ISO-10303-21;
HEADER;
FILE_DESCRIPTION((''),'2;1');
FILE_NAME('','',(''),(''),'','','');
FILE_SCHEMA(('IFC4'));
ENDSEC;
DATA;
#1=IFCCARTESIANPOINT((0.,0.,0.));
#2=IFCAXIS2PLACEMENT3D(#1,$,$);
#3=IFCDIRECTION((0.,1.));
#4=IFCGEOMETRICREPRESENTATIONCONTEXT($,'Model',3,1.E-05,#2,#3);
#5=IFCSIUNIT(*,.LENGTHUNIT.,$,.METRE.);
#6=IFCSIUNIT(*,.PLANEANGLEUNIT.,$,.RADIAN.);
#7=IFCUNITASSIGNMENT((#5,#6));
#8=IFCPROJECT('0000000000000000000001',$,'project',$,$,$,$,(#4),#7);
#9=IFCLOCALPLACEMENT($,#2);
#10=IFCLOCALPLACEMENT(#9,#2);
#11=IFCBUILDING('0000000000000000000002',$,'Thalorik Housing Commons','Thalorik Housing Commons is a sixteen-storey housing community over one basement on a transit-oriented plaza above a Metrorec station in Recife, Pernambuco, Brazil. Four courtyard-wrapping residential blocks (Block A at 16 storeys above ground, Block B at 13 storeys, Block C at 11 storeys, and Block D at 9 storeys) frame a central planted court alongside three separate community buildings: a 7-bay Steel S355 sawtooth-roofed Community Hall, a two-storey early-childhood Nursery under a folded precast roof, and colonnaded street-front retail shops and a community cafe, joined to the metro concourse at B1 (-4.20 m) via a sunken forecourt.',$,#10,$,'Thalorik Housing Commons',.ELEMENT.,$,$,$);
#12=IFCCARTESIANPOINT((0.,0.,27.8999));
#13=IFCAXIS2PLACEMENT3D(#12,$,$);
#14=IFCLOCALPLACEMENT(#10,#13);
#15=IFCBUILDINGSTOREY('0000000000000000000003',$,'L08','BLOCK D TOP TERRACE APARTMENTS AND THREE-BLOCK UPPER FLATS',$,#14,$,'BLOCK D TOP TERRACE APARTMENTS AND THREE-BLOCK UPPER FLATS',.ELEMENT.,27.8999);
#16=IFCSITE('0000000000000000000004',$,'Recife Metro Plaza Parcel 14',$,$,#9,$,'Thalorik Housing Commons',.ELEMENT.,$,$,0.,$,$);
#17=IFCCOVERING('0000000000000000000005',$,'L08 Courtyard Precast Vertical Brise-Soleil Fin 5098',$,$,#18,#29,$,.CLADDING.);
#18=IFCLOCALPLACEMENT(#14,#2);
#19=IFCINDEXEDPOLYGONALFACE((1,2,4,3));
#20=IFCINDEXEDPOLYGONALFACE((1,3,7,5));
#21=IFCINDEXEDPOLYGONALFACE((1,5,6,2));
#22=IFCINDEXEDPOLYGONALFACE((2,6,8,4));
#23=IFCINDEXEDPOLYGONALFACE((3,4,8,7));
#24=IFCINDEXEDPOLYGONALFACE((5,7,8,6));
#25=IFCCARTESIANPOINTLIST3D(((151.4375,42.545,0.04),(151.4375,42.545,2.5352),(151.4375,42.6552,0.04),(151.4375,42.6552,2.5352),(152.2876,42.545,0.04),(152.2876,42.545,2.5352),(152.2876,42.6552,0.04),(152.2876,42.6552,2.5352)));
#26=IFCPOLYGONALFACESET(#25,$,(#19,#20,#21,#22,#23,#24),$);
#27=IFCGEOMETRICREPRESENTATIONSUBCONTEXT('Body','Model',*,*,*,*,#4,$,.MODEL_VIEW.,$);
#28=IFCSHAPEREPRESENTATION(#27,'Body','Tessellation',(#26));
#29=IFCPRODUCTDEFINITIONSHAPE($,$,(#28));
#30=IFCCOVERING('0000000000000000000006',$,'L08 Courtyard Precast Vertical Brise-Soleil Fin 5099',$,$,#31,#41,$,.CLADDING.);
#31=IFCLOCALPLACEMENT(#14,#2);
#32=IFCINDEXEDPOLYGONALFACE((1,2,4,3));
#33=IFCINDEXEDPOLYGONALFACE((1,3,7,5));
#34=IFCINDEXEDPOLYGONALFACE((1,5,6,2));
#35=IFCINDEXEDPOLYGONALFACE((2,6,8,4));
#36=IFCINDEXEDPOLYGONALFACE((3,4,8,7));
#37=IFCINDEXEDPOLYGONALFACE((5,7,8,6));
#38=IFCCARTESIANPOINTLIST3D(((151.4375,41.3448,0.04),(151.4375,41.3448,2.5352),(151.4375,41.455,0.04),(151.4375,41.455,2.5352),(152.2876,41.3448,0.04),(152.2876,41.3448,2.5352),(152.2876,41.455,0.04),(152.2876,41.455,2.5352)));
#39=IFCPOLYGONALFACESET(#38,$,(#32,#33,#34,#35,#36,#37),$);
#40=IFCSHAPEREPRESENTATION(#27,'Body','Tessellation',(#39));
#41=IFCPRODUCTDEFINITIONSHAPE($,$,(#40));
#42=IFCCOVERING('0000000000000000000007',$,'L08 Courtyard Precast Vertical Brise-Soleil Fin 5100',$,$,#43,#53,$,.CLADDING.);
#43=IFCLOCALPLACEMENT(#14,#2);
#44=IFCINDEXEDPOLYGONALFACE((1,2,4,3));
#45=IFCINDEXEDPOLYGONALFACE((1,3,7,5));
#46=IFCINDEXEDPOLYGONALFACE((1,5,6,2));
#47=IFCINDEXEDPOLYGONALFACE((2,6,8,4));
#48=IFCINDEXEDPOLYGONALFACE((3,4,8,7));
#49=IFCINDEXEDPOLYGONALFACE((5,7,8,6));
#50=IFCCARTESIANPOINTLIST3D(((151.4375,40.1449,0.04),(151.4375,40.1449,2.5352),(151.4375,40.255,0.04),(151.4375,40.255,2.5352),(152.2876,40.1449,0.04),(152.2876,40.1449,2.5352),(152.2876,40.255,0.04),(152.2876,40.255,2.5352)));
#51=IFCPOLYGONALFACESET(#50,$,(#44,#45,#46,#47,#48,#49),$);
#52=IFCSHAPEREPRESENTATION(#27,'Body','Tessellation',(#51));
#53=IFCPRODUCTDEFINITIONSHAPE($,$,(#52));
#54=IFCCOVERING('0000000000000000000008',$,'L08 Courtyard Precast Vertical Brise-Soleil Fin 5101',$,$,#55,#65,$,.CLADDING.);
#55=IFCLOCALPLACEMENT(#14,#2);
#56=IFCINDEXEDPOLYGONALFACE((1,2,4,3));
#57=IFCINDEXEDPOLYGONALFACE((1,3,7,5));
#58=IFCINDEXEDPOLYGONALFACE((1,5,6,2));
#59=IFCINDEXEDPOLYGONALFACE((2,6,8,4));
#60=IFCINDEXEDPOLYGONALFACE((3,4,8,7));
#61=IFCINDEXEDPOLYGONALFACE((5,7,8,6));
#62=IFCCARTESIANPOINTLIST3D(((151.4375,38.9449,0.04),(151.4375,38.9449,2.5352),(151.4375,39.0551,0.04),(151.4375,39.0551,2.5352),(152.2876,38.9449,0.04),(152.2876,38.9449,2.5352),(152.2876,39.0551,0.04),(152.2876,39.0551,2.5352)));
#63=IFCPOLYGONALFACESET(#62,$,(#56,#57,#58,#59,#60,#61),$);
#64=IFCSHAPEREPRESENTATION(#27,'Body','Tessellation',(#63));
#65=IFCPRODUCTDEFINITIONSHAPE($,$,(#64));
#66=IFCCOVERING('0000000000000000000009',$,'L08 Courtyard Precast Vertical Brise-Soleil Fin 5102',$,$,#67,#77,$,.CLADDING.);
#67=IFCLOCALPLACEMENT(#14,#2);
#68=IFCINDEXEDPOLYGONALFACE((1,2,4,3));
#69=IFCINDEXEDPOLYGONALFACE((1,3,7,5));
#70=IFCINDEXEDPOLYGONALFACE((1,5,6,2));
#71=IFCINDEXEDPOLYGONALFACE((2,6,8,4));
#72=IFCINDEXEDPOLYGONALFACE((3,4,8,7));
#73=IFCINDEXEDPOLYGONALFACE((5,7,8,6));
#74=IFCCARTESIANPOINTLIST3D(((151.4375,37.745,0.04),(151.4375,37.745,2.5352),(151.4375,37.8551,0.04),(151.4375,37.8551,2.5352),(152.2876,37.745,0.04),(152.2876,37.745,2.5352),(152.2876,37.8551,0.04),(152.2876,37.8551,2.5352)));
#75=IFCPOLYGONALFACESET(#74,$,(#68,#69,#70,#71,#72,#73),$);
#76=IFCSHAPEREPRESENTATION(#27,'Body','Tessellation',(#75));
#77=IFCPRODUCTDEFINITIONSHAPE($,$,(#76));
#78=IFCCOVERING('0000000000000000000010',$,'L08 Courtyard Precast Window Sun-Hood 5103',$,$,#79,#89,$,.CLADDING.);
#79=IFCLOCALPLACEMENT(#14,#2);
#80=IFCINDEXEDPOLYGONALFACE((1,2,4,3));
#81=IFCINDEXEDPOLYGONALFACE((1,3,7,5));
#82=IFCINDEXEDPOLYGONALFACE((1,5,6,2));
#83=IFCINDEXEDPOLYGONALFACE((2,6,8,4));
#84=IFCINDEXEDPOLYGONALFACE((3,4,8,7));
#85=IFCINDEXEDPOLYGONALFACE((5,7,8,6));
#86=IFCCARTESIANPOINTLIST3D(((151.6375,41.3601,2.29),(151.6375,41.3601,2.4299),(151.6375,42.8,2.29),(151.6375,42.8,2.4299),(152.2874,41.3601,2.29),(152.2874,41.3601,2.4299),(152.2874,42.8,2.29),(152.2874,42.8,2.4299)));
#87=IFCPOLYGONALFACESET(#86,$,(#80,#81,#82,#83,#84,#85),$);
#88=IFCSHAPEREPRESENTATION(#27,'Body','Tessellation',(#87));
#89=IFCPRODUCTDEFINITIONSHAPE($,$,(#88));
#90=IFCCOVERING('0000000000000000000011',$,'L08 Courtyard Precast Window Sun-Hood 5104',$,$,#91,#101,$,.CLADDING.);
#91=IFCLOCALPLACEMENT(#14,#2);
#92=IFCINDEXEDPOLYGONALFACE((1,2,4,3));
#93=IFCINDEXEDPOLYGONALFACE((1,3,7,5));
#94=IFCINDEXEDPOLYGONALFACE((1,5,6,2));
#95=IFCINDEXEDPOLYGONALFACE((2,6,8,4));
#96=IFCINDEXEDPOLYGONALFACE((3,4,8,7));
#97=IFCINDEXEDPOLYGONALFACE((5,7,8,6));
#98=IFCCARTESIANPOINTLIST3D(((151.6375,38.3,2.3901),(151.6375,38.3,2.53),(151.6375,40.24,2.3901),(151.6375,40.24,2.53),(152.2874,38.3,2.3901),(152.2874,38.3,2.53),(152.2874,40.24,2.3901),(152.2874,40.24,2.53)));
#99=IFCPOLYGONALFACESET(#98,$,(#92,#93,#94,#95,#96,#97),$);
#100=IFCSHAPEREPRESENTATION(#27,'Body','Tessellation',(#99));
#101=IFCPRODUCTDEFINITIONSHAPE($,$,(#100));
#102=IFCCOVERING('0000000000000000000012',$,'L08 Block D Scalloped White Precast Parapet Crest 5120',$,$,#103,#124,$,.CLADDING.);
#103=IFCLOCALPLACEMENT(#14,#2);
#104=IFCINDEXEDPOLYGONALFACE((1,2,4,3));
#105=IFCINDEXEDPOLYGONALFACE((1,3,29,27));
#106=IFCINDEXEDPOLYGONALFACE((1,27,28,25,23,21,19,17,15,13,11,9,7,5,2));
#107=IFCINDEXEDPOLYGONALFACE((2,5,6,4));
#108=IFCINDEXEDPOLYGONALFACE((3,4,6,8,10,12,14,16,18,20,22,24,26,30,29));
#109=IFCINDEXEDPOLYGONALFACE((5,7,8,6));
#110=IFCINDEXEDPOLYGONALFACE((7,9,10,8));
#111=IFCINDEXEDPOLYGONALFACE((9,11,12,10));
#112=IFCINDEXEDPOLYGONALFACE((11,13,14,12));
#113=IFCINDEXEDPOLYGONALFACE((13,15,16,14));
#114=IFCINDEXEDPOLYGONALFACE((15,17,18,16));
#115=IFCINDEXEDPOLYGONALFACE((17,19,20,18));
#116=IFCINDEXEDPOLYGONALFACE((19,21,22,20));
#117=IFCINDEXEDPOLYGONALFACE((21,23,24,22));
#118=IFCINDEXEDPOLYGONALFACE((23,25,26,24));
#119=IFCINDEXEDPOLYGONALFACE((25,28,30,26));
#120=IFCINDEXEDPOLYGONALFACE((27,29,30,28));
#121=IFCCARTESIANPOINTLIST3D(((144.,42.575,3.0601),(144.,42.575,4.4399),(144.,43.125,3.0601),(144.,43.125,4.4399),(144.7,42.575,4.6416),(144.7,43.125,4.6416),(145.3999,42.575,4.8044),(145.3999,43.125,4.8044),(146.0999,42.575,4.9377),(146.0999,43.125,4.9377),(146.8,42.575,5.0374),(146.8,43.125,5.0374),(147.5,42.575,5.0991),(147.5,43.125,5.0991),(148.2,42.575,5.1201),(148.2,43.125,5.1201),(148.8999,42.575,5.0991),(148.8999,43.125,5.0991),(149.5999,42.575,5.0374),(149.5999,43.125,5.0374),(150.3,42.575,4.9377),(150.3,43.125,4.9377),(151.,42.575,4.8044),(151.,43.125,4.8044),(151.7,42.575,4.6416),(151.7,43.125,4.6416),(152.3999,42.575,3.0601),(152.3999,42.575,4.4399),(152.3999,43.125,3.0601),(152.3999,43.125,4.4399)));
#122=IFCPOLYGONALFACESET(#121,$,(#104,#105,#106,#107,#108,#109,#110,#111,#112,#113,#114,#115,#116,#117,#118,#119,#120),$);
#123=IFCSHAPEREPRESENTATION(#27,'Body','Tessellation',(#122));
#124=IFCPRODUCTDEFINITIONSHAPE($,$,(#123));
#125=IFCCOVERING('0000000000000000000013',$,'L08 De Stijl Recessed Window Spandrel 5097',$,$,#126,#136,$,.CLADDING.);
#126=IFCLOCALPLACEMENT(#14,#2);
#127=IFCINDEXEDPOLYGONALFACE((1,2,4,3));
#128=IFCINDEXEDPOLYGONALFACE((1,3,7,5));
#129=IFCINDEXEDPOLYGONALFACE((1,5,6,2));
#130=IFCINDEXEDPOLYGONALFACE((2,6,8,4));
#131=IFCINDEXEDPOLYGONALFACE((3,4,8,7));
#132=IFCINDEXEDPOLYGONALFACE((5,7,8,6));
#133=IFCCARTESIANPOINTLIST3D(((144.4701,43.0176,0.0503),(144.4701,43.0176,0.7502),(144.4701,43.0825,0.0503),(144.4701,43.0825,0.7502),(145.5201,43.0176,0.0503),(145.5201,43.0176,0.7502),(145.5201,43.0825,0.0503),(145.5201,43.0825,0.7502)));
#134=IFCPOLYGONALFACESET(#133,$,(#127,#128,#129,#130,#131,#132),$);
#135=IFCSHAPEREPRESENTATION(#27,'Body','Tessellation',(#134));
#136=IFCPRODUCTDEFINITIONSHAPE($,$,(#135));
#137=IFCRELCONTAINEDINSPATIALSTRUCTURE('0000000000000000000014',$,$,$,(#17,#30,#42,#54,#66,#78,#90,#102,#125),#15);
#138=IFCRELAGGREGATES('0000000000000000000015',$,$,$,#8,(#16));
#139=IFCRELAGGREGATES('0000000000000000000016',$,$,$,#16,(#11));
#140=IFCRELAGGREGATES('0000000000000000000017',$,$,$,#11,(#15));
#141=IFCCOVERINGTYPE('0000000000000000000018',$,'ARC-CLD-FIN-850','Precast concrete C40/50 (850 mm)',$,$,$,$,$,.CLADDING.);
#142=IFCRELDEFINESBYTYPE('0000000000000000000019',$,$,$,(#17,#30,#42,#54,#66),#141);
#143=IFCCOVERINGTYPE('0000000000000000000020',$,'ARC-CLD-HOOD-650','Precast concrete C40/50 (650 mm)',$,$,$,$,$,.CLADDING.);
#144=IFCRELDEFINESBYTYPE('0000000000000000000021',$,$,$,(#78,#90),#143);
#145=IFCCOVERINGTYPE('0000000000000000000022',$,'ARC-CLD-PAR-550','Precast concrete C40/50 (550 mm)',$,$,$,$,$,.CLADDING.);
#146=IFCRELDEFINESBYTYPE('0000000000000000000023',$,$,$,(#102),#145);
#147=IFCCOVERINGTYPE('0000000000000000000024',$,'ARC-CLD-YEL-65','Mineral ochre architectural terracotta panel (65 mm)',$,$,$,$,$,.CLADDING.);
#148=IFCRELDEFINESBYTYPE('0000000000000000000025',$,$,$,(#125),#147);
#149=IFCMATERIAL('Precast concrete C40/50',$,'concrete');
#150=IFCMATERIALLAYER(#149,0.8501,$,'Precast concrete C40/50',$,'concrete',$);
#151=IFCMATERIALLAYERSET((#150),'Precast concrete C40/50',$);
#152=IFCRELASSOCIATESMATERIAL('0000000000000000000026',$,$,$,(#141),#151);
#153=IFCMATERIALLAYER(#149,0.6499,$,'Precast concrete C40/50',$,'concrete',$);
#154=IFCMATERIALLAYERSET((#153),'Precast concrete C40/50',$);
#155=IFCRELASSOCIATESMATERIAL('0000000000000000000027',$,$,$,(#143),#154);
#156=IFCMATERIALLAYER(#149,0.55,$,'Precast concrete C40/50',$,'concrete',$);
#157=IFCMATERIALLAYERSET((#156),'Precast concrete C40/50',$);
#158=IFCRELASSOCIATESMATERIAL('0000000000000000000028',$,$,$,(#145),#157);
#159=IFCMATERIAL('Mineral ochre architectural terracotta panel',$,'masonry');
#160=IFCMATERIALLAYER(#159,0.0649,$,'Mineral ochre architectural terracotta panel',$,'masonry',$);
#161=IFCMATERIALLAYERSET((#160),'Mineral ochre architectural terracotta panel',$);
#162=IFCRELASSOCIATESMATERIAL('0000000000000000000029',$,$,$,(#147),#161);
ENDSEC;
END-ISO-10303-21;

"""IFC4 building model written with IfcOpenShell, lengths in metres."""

from ifc_helpers import new_model, si_unit, direction, frame, origin, origin_2d, place, context, subcontext, project, spatial, polyline, rectangle, outline, extrude, material, layer, layer_set, type_object, element, save


model = new_model("IFC4")

# Units and contexts
model_context = context("Model", 3, precision=1e-05, world=origin(), true_north=direction((0.0, 1.0)))
body_context = subcontext(model_context, "Body", "Model", "MODEL_VIEW")
ifc_project = project(units=[si_unit("LENGTHUNIT", "METRE"), si_unit("PLANEANGLEUNIT", "RADIAN")], contexts=[model_context])

# Site, building, storey
site_placement = place(None, origin())
site = spatial("IfcSite", under=ifc_project, at=site_placement, Name="Recife Metro Plaza Parcel 14", LongName="Thalorik Housing Commons", CompositionType="ELEMENT", RefElevation=0.0)
building_placement = place(site_placement, origin())
building = spatial("IfcBuilding", under=site, at=building_placement, Name="Thalorik Housing Commons", Description="Thalorik Housing Commons is a sixteen-storey housing community over one basement on a transit-oriented plaza above a Metrorec station in Recife, Pernambuco, Brazil. Four courtyard-wrapping residential blocks (Block A at 16 storeys above ground, Block B at 13 storeys, Block C at 11 storeys, and Block D at 9 storeys) frame a central planted court alongside three separate community buildings: a 7-bay Steel S355 sawtooth-roofed Community Hall, a two-storey early-childhood Nursery under a folded precast roof, and colonnaded street-front retail shops and a community cafe, joined to the metro concourse at B1 (-4.20 m) via a sunken forecourt.", LongName="Thalorik Housing Commons", CompositionType="ELEMENT")
storey_placement = place(building_placement, frame((0.0, 0.0, 27.8999)))
storey = spatial("IfcBuildingStorey", under=building, at=storey_placement, Name="L08", Description="BLOCK D TOP TERRACE APARTMENTS AND THREE-BLOCK UPPER FLATS", LongName="BLOCK D TOP TERRACE APARTMENTS AND THREE-BLOCK UPPER FLATS", CompositionType="ELEMENT", Elevation=27.8999)

# Shared definitions
ifc_material_1 = material(Name="Precast concrete C40/50", Category="concrete")

# Coverings
ifc_layer_1 = layer(ifc_material_1, 0.8501, Name="Precast concrete C40/50", Category="concrete")
ifc_layer_set_1 = layer_set([ifc_layer_1], Name="Precast concrete C40/50")
covering_type_1 = type_object("IfcCoveringType", Name="ARC-CLD-FIN-850", Description="Precast concrete C40/50 (850 mm)", PredefinedType="CLADDING", material=ifc_layer_set_1)
for number, where, z_axis, x_axis, name in (
    (1, (151.8625, 42.6001, 0.04), (0.0, 0.0, 1.0), (0.0, -1.0, 0.0), "L08 Courtyard Precast Vertical Brise-Soleil Fin 5098"),
    (2, (151.8625, 41.3999, 0.04), (0.0, 0.0, 1.0), (0.0, -1.0, 0.0), "L08 Courtyard Precast Vertical Brise-Soleil Fin 5099"),
    (3, (151.8625, 40.2, 0.04), (0.0, 0.0, 1.0), (0.0, -1.0, 0.0), "L08 Courtyard Precast Vertical Brise-Soleil Fin 5100"),
    (4, (151.8625, 39.0, 0.04), (0.0, 0.0, 1.0), (0.0, -1.0, 0.0), "L08 Courtyard Precast Vertical Brise-Soleil Fin 5101"),
    (5, (151.8625, 37.8, 0.04), (0.0, 0.0, 1.0), (0.0, -1.0, 0.0), "L08 Courtyard Precast Vertical Brise-Soleil Fin 5102"),
):
    element("IfcCovering", number, at=place(storey_placement, frame(where, z_axis=z_axis, x_axis=x_axis)), inside=storey, type_object=covering_type_1, Name=name, PredefinedType="CLADDING", context=body_context, shape_type="SweptSolid", body=[
        extrude(rectangle(XDim=0.1101, YDim=0.8501, at=origin_2d()), origin(), (0.0, 0.0, 1.0), 2.4951),
    ])
ifc_layer_2 = layer(ifc_material_1, 0.6499, Name="Precast concrete C40/50", Category="concrete")
ifc_layer_set_2 = layer_set([ifc_layer_2], Name="Precast concrete C40/50")
covering_type_2 = type_object("IfcCoveringType", Name="ARC-CLD-HOOD-650", Description="Precast concrete C40/50 (650 mm)", PredefinedType="CLADDING", material=ifc_layer_set_2)
covering_1_placement = place(storey_placement, frame((151.9624, 42.0801, 2.29), z_axis=(0.0, 0.0, 1.0), x_axis=(0.0, -1.0, 0.0)))
element("IfcCovering", 6, at=covering_1_placement, inside=storey, type_object=covering_type_2, Name="L08 Courtyard Precast Window Sun-Hood 5103", PredefinedType="CLADDING", context=body_context, shape_type="SweptSolid", body=[
    extrude(rectangle(XDim=1.4399, YDim=0.6499, at=origin_2d()), origin(), (0.0, 0.0, 1.0), 0.1399),
])
covering_2_placement = place(storey_placement, frame((151.9624, 39.27, 2.3901), z_axis=(0.0, 0.0, 1.0), x_axis=(0.0, -1.0, 0.0)))
element("IfcCovering", 7, at=covering_2_placement, inside=storey, type_object=covering_type_2, Name="L08 Courtyard Precast Window Sun-Hood 5104", PredefinedType="CLADDING", context=body_context, shape_type="SweptSolid", body=[
    extrude(rectangle(XDim=1.9399, YDim=0.6499, at=origin_2d()), origin(), (0.0, 0.0, 1.0), 0.1399),
])
ifc_layer_3 = layer(ifc_material_1, 0.55, Name="Precast concrete C40/50", Category="concrete")
ifc_layer_set_3 = layer_set([ifc_layer_3], Name="Precast concrete C40/50")
covering_type_3 = type_object("IfcCoveringType", Name="ARC-CLD-PAR-550", Description="Precast concrete C40/50 (550 mm)", PredefinedType="CLADDING", material=ifc_layer_set_3)
covering_3_placement = place(storey_placement, frame((148.2, 42.8501, 3.0601), z_axis=(0.0, 0.0, 1.0), x_axis=(1.0, 0.0, 0.0)))
element("IfcCovering", 8, at=covering_3_placement, inside=storey, type_object=covering_type_3, Name="L08 Block D Scalloped White Precast Parapet Crest 5120", PredefinedType="CLADDING", context=body_context, shape_type="SweptSolid", body=[
    extrude(outline(polyline([(-4.2, 0.0), (4.2, 0.0), (4.2, 1.3799), (3.5, 1.5815), (2.8, 1.7444), (2.1001, 1.8777), (1.3999, 1.9773), (0.7, 2.0391), (0.0, 2.0601), (-0.7, 2.0391), (-1.3999, 1.9773), (-2.1001, 1.8777), (-2.8, 1.7444), (-3.5, 1.5815), (-4.2, 1.3799), (-4.2, 0.0)])), frame((0.0, 0.2749, 0.0), z_axis=(0.0, -1.0, 0.0), x_axis=(1.0, 0.0, 0.0)), (0.0, 0.0, 1.0), 0.55),
])
ifc_material_2 = material(Name="Mineral ochre architectural terracotta panel", Category="masonry")
ifc_layer_4 = layer(ifc_material_2, 0.0649, Name="Mineral ochre architectural terracotta panel", Category="masonry")
ifc_layer_set_4 = layer_set([ifc_layer_4], Name="Mineral ochre architectural terracotta panel")
covering_type_4 = type_object("IfcCoveringType", Name="ARC-CLD-YEL-65", Description="Mineral ochre architectural terracotta panel (65 mm)", PredefinedType="CLADDING", material=ifc_layer_set_4)
covering_4_placement = place(storey_placement, frame((144.9951, 43.05, 0.0503), z_axis=(0.0, 0.0, 1.0), x_axis=(1.0, 0.0, 0.0)))
element("IfcCovering", 9, at=covering_4_placement, inside=storey, type_object=covering_type_4, Name="L08 De Stijl Recessed Window Spandrel 5097", PredefinedType="CLADDING", context=body_context, shape_type="SweptSolid", body=[
    extrude(rectangle(XDim=1.05, YDim=0.0649, at=origin_2d()), origin(), (0.0, 0.0, 1.0), 0.7),
])

save(model, "model.ifc")
